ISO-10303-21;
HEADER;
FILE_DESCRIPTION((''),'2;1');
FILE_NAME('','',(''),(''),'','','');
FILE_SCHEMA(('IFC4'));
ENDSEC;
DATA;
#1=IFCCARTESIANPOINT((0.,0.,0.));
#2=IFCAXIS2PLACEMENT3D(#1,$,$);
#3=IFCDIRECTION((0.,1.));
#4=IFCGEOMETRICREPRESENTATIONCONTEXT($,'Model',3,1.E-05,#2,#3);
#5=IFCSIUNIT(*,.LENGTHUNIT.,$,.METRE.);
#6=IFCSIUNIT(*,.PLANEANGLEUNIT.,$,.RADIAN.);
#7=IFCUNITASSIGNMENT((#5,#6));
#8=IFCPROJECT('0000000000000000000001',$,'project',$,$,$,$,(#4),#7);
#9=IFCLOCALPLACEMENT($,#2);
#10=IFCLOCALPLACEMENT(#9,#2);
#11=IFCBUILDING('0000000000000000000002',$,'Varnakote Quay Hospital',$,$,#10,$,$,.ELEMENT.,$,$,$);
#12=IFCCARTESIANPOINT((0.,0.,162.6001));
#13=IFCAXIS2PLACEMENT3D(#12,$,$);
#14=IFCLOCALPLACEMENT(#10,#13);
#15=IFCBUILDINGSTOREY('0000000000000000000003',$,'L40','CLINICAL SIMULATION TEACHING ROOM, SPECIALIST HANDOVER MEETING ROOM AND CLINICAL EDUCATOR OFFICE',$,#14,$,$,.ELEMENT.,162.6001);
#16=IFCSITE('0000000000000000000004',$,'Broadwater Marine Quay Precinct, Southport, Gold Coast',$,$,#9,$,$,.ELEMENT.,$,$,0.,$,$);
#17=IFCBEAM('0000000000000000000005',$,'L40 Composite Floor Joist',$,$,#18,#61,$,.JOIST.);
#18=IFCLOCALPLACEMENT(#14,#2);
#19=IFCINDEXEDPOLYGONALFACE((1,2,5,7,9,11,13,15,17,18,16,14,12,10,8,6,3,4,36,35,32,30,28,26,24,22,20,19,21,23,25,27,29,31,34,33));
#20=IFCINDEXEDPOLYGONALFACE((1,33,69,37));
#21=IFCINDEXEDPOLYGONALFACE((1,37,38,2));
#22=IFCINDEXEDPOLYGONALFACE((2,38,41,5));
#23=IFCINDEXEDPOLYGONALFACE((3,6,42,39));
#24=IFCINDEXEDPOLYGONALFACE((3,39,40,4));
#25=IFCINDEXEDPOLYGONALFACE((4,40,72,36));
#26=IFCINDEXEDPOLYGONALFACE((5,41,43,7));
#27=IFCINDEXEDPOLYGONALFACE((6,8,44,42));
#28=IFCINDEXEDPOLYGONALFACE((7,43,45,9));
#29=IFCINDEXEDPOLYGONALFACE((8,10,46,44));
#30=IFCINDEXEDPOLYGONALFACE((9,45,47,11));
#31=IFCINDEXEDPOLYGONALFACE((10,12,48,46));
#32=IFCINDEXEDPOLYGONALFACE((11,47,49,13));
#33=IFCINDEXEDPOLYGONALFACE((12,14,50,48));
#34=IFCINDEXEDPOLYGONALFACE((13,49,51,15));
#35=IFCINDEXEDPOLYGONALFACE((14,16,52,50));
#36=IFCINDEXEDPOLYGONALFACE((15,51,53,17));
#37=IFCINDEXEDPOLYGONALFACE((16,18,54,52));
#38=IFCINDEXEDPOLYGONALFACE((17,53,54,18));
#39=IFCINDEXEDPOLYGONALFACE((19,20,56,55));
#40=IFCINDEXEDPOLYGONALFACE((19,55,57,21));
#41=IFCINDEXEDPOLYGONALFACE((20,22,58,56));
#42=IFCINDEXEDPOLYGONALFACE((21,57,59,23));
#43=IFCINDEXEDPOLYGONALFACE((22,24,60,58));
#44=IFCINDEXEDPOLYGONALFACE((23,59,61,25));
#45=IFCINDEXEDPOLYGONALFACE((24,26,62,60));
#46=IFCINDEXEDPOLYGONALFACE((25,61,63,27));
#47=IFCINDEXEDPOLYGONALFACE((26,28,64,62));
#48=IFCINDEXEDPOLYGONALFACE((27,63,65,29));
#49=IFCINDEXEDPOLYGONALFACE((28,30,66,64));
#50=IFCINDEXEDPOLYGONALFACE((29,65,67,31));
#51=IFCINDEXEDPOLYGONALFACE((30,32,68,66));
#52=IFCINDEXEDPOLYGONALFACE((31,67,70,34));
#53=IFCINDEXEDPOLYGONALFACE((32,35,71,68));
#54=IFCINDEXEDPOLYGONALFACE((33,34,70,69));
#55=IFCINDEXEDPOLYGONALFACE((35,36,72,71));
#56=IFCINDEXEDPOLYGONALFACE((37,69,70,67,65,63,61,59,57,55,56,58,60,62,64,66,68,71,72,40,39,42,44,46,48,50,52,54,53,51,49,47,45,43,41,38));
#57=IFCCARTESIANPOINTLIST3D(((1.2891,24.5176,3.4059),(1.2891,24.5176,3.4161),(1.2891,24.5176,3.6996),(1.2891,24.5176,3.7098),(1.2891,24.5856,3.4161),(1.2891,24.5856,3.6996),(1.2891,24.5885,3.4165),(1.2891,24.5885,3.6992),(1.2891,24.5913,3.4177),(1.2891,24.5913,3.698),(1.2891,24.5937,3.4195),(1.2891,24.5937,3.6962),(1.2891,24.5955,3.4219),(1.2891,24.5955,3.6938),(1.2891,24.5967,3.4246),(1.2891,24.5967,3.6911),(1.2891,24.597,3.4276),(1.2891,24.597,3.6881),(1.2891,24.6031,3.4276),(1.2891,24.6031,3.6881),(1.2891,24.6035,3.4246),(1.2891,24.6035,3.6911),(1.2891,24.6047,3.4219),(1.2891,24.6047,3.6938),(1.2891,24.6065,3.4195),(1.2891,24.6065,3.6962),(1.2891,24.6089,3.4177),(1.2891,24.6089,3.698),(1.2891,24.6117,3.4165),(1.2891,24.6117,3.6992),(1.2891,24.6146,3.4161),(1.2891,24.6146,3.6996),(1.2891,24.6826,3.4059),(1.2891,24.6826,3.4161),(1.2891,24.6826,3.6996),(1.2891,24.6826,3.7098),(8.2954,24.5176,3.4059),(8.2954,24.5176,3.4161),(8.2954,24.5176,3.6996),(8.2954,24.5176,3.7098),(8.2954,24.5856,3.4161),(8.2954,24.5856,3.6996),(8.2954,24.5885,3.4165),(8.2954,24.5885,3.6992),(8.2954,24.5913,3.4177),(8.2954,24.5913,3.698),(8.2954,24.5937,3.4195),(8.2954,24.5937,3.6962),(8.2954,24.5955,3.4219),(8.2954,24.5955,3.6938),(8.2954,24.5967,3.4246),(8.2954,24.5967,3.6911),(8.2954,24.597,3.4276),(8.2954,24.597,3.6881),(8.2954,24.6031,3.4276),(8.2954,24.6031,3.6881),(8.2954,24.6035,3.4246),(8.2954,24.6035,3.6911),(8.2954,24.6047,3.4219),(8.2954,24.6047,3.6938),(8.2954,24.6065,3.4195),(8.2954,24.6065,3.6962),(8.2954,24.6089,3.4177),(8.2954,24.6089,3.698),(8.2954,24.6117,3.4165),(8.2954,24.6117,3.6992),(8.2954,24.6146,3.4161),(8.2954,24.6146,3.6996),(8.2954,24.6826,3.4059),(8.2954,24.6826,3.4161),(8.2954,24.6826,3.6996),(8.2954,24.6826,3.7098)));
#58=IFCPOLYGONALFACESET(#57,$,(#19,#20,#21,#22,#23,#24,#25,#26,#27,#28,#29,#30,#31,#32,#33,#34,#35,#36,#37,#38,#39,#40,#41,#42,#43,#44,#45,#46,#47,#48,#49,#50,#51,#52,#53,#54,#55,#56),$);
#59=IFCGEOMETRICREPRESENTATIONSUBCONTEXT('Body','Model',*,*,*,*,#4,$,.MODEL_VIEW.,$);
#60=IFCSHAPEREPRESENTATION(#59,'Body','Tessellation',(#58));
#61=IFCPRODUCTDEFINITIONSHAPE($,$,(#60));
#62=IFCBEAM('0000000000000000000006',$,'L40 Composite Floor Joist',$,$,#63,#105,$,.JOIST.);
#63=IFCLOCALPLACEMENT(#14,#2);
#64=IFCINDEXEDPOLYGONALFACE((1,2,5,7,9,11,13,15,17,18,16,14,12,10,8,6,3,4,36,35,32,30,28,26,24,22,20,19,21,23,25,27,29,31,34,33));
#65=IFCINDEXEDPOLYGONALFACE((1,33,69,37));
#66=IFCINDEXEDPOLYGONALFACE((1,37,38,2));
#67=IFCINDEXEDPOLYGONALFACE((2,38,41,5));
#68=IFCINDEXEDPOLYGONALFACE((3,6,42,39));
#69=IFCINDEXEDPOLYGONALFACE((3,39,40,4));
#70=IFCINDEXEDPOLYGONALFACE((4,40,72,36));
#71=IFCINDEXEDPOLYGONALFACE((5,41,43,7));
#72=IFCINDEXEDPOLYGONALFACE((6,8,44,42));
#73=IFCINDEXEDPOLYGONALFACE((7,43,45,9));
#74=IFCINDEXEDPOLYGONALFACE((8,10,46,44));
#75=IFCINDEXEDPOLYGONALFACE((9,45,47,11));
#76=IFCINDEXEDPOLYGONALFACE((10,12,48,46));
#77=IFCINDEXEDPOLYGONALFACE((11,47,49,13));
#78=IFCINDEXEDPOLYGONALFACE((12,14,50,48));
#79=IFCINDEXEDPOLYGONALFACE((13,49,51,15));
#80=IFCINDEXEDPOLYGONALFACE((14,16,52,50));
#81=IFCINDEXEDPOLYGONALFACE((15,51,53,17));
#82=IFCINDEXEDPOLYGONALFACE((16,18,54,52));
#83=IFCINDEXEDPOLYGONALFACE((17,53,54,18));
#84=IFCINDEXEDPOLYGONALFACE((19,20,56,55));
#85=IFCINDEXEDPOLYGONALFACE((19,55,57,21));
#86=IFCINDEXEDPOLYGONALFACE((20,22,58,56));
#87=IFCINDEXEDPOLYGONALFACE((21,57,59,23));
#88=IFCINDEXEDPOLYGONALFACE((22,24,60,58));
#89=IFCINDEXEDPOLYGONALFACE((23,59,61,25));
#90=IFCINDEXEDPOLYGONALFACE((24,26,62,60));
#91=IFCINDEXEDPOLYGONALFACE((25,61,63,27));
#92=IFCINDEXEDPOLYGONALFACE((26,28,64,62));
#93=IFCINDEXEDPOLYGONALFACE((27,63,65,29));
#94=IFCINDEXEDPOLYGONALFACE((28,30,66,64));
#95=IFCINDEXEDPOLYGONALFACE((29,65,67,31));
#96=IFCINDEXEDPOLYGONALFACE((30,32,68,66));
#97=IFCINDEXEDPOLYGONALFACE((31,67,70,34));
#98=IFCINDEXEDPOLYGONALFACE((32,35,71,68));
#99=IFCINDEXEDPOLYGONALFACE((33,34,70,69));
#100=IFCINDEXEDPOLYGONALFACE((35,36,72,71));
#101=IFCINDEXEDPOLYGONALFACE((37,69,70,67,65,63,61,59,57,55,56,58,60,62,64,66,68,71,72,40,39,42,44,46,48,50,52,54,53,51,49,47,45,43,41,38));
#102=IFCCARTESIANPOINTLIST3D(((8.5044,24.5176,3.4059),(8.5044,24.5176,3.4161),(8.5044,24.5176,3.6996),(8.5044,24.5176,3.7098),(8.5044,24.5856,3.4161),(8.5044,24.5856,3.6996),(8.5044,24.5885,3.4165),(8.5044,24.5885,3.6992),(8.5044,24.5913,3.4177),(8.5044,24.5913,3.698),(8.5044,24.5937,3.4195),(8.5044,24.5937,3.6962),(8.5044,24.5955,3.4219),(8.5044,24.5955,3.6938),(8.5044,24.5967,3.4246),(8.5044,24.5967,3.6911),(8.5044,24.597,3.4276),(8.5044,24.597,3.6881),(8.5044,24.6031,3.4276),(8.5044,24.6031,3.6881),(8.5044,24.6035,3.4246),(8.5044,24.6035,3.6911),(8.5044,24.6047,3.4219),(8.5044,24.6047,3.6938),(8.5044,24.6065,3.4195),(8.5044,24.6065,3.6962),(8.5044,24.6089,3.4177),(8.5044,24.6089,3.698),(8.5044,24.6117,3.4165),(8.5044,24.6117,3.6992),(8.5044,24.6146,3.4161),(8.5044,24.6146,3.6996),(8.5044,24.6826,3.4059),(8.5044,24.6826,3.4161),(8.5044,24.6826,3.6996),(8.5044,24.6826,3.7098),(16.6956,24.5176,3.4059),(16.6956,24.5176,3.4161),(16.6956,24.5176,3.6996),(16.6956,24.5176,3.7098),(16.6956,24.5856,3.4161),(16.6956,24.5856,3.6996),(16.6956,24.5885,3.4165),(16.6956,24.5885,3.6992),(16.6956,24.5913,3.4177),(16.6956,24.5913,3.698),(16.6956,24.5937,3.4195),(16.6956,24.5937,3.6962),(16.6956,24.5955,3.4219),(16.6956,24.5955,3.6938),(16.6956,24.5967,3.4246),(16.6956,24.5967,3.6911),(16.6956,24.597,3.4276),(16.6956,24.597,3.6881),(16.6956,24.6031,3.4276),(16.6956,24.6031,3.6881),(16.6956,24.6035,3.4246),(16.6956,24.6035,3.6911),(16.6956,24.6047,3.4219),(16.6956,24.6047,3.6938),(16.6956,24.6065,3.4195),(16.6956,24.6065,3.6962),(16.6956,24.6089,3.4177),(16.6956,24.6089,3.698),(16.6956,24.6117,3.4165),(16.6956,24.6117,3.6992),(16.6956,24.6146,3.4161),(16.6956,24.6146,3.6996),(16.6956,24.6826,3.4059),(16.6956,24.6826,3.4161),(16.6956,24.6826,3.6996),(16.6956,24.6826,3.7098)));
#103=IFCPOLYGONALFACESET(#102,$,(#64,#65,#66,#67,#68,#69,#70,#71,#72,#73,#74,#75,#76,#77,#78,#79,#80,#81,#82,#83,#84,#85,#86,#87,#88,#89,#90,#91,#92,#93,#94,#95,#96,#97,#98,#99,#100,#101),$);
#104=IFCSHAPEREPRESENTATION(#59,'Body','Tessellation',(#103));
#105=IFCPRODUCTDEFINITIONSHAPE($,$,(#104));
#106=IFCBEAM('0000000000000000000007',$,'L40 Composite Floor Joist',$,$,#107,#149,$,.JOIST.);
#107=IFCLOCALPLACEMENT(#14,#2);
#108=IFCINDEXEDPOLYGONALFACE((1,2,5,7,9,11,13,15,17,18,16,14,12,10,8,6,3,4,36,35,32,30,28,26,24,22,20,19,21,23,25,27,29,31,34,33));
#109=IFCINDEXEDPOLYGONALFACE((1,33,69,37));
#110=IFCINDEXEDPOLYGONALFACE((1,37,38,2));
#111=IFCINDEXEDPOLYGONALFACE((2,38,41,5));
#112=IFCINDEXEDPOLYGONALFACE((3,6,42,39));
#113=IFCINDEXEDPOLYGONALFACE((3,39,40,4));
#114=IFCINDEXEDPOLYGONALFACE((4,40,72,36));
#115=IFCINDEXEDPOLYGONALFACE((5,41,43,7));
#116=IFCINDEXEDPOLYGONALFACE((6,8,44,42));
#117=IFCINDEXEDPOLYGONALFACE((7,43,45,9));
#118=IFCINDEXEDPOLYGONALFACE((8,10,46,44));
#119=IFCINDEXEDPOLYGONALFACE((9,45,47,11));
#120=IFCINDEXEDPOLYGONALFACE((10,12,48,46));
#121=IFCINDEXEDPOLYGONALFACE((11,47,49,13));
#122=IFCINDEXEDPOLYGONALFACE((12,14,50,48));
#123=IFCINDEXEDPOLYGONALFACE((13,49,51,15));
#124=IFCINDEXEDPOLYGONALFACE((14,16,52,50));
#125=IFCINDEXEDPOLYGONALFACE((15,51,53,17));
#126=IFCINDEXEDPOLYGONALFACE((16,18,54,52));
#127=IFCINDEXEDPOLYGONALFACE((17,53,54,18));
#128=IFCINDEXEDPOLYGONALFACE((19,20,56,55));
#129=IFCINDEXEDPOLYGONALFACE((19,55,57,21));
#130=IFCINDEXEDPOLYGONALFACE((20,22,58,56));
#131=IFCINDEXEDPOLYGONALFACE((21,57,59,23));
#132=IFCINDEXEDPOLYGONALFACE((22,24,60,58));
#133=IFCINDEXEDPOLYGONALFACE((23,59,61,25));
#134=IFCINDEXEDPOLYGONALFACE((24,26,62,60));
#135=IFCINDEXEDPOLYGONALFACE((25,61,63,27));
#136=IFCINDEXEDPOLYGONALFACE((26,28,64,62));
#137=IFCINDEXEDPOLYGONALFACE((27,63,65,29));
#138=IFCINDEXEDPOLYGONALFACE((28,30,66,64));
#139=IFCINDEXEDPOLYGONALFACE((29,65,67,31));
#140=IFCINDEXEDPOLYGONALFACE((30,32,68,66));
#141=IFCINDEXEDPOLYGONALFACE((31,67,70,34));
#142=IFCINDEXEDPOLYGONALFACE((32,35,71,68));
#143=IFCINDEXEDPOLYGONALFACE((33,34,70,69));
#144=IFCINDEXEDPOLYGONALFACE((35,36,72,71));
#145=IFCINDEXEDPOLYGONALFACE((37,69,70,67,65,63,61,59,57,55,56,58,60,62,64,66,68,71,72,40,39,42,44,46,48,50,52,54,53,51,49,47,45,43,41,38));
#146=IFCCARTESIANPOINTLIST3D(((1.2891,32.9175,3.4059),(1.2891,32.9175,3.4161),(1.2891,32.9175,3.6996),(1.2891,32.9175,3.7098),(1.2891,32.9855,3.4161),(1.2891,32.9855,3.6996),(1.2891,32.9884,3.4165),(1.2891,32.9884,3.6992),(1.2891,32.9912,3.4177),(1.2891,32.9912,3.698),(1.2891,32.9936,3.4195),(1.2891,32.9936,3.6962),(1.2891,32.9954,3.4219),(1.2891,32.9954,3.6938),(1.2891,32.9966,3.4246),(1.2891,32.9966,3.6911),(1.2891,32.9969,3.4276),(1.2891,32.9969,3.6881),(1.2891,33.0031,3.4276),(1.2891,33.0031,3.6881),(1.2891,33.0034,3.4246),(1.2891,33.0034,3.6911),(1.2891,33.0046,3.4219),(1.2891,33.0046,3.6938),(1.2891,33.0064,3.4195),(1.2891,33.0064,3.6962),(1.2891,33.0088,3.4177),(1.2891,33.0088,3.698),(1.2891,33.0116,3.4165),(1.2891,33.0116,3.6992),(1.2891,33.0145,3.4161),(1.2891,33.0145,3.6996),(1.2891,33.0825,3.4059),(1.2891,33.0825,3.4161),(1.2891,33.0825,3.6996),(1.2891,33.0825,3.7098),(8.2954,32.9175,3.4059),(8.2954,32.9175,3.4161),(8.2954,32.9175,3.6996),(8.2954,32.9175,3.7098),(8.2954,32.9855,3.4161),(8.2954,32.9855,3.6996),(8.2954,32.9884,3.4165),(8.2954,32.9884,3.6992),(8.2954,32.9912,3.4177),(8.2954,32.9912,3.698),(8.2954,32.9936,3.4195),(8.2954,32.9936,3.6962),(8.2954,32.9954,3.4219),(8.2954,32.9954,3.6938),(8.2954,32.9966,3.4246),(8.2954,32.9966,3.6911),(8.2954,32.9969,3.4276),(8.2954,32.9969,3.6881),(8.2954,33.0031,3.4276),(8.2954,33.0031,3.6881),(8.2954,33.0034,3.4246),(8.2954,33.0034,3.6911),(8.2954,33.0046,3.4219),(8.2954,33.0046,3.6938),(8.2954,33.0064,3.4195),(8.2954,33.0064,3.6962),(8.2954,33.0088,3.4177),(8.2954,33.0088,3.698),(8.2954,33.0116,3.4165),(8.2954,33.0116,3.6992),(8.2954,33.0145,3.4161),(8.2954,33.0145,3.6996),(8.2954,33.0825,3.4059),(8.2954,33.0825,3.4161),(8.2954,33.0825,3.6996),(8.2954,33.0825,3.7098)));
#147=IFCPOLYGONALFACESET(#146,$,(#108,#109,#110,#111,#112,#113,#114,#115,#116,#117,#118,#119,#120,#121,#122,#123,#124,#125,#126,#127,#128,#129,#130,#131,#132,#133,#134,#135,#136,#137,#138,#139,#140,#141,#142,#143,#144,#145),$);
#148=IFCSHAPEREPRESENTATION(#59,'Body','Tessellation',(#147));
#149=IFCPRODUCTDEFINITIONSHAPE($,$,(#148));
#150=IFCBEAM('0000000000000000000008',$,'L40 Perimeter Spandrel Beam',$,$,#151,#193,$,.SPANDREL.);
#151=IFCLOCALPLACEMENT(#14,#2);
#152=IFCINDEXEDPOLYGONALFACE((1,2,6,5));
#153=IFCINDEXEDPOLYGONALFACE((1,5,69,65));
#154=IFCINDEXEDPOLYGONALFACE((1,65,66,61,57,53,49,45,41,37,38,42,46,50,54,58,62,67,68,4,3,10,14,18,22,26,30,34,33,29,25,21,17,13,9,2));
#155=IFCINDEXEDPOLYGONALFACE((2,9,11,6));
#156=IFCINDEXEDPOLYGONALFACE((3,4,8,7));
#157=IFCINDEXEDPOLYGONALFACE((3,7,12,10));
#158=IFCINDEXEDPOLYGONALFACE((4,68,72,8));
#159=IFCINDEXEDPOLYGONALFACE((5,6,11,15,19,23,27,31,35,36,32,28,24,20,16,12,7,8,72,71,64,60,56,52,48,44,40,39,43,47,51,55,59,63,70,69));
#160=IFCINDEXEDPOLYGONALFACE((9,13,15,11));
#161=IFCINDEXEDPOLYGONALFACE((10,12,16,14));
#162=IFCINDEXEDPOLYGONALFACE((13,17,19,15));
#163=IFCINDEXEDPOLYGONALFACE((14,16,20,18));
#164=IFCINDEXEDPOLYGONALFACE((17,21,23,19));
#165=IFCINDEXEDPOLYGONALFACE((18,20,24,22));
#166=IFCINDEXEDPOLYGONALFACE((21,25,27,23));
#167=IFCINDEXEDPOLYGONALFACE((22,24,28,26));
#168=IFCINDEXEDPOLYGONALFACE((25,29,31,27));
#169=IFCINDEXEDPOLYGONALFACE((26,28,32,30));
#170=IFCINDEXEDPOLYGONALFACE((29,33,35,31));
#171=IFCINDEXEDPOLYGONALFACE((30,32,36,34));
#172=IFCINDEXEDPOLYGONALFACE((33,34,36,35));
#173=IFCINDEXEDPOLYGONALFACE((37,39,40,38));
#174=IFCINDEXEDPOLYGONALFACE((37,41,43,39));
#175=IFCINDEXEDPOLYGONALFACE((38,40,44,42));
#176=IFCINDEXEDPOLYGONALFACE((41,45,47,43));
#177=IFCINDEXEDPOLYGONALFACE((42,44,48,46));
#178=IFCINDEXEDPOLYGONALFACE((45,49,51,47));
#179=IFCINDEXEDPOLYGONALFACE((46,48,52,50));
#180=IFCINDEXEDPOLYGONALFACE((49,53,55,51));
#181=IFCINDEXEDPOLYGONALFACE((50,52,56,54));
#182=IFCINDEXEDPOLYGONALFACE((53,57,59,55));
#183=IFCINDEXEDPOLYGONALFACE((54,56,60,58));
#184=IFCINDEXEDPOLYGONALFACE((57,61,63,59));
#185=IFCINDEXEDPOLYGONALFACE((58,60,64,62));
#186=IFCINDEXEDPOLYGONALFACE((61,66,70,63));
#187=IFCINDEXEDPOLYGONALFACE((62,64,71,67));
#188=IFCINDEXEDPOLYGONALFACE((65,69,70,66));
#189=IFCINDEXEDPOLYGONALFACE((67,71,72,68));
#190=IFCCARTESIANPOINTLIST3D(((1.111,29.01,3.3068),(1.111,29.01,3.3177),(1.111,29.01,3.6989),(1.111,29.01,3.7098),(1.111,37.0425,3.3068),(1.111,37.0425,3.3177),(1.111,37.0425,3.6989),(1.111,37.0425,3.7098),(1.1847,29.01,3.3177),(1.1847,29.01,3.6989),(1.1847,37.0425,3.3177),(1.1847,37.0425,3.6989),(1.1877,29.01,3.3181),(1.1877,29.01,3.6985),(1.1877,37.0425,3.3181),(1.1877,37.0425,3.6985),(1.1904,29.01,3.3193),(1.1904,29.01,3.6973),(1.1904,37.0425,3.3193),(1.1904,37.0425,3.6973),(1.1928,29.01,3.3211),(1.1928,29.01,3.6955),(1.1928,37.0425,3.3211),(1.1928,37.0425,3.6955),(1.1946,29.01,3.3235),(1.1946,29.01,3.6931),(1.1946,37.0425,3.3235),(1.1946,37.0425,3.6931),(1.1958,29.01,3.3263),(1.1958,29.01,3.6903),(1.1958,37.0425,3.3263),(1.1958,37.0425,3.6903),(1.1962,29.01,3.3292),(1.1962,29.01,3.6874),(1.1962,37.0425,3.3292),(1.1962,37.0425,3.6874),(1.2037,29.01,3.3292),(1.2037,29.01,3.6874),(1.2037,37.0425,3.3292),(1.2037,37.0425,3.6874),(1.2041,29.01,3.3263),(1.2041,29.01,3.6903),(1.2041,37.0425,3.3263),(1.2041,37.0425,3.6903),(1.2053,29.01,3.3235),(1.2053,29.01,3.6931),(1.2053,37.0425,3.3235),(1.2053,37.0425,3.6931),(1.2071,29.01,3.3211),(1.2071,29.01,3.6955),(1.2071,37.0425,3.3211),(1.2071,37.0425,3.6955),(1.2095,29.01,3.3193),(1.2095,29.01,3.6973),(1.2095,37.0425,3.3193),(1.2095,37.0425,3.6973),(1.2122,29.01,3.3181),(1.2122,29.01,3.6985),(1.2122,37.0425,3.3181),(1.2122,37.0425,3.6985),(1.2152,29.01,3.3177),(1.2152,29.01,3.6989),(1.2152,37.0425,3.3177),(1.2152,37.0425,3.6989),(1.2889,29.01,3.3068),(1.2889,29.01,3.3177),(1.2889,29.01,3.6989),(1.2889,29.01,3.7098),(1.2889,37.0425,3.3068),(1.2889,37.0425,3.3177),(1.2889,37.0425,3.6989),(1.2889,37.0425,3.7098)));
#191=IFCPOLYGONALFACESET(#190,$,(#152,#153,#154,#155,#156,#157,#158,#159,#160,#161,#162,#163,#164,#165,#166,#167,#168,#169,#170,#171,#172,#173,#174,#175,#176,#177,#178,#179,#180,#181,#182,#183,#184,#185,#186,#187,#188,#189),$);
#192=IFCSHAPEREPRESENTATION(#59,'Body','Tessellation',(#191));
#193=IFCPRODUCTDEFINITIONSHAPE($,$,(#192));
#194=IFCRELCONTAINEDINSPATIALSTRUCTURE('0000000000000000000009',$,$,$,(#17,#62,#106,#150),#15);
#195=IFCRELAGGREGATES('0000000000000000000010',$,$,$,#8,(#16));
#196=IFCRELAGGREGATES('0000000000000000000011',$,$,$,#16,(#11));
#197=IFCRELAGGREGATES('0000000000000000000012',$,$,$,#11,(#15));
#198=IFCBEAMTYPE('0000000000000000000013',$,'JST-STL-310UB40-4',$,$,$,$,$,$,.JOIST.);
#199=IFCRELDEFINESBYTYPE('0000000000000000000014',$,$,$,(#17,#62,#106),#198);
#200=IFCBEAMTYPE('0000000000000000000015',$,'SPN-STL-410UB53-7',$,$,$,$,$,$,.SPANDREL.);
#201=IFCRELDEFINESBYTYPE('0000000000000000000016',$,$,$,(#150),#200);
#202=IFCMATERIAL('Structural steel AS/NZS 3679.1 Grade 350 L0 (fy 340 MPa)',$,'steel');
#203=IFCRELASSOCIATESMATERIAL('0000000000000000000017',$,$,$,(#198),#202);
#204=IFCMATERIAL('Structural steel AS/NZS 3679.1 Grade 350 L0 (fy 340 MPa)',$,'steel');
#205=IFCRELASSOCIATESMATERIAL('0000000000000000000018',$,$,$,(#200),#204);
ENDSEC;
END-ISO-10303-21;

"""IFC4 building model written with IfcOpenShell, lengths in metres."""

from ifc_helpers import new_model, si_unit, direction, frame, origin, origin_2d, place, context, subcontext, project, spatial, i_section, extrude, material, material_profile, profile_set, type_object, element, save


model = new_model("IFC4")

# Units and contexts
model_context = context("Model", 3, precision=1e-05, world=origin(), true_north=direction((0.0, 1.0)))
body_context = subcontext(model_context, "Body", "Model", "MODEL_VIEW")
ifc_project = project(units=[si_unit("LENGTHUNIT", "METRE"), si_unit("PLANEANGLEUNIT", "RADIAN")], contexts=[model_context])

# Site, building, storey
site_placement = place(None, origin())
site = spatial("IfcSite", under=ifc_project, at=site_placement, Name="Broadwater Marine Quay Precinct, Southport, Gold Coast", CompositionType="ELEMENT", RefElevation=0.0)
building_placement = place(site_placement, origin())
building = spatial("IfcBuilding", under=site, at=building_placement, Name="Varnakote Quay Hospital", CompositionType="ELEMENT")
storey_placement = place(building_placement, frame((0.0, 0.0, 162.6001)))
storey = spatial("IfcBuildingStorey", under=building, at=storey_placement, Name="L40", Description="CLINICAL SIMULATION TEACHING ROOM, SPECIALIST HANDOVER MEETING ROOM AND CLINICAL EDUCATOR OFFICE", CompositionType="ELEMENT", Elevation=162.6001)

# Beams
ifc_material_1 = material(Name="Structural steel AS/NZS 3679.1 Grade 350 L0 (fy 340 MPa)", Category="steel")
ifc_material_profile_1 = material_profile(ifc_material_1, i_section(OverallWidth=0.165, OverallDepth=0.304, WebThickness=0.0061, FlangeThickness=0.0103, FilletRadius=0.0115, at=origin_2d()), Name="310UB40.4")
ifc_profile_set_1 = profile_set([ifc_material_profile_1], Name="Structural steel AS/NZS 3679.1 Grade 350 L0 (fy 340 MPa)")
beam_type_1 = type_object("IfcBeamType", Name="JST-STL-310UB40-4", PredefinedType="JOIST", material=ifc_profile_set_1)
beam_1_placement = place(storey_placement, frame((1.2891, 24.6001, 3.5579), z_axis=(1.0, 0.0, 0.0), x_axis=(0.0, 1.0, 0.0)))
element("IfcBeam", 1, at=beam_1_placement, inside=storey, type_object=beam_type_1, Name="L40 Composite Floor Joist", PredefinedType="JOIST", context=body_context, shape_type="SweptSolid", body=[
    extrude(i_section(OverallWidth=0.165, OverallDepth=0.304, WebThickness=0.0061, FlangeThickness=0.0103, FilletRadius=0.0115, at=origin_2d()), origin(), (0.0, 0.0, 1.0), 7.0063),
])
beam_2_placement = place(storey_placement, frame((8.5044, 24.6001, 3.5579), z_axis=(1.0, 0.0, 0.0), x_axis=(0.0, 1.0, 0.0)))
element("IfcBeam", 2, at=beam_2_placement, inside=storey, type_object=beam_type_1, Name="L40 Composite Floor Joist", PredefinedType="JOIST", context=body_context, shape_type="SweptSolid", body=[
    extrude(i_section(OverallWidth=0.165, OverallDepth=0.304, WebThickness=0.0061, FlangeThickness=0.0103, FilletRadius=0.0115, at=origin_2d()), origin(), (0.0, 0.0, 1.0), 8.1912),
])
beam_3_placement = place(storey_placement, frame((1.2891, 33.0, 3.5579), z_axis=(1.0, 0.0, 0.0), x_axis=(0.0, 1.0, 0.0)))
element("IfcBeam", 3, at=beam_3_placement, inside=storey, type_object=beam_type_1, Name="L40 Composite Floor Joist", PredefinedType="JOIST", context=body_context, shape_type="SweptSolid", body=[
    extrude(i_section(OverallWidth=0.165, OverallDepth=0.304, WebThickness=0.0061, FlangeThickness=0.0103, FilletRadius=0.0115, at=origin_2d()), origin(), (0.0, 0.0, 1.0), 7.0063),
])
ifc_material_2 = material(Name="Structural steel AS/NZS 3679.1 Grade 350 L0 (fy 340 MPa)", Category="steel")
ifc_material_profile_2 = material_profile(ifc_material_2, i_section(OverallWidth=0.178, OverallDepth=0.4031, WebThickness=0.0076, FlangeThickness=0.011, FilletRadius=0.0115, at=origin_2d()), Name="410UB53.7")
ifc_profile_set_2 = profile_set([ifc_material_profile_2], Name="Structural steel AS/NZS 3679.1 Grade 350 L0 (fy 340 MPa)")
beam_type_2 = type_object("IfcBeamType", Name="SPN-STL-410UB53-7", PredefinedType="SPANDREL", material=ifc_profile_set_2)
beam_4_placement = place(storey_placement, frame((1.2, 29.01, 3.5083), z_axis=(0.0, 1.0, 0.0), x_axis=(-1.0, 0.0, 0.0)))
element("IfcBeam", 4, at=beam_4_placement, inside=storey, type_object=beam_type_2, Name="L40 Perimeter Spandrel Beam", PredefinedType="SPANDREL", context=body_context, shape_type="SweptSolid", body=[
    extrude(i_section(OverallWidth=0.178, OverallDepth=0.4031, WebThickness=0.0076, FlangeThickness=0.011, FilletRadius=0.0115, at=origin_2d()), origin(), (0.0, 0.0, 1.0), 8.0325),
])

save(model, "model.ifc")
